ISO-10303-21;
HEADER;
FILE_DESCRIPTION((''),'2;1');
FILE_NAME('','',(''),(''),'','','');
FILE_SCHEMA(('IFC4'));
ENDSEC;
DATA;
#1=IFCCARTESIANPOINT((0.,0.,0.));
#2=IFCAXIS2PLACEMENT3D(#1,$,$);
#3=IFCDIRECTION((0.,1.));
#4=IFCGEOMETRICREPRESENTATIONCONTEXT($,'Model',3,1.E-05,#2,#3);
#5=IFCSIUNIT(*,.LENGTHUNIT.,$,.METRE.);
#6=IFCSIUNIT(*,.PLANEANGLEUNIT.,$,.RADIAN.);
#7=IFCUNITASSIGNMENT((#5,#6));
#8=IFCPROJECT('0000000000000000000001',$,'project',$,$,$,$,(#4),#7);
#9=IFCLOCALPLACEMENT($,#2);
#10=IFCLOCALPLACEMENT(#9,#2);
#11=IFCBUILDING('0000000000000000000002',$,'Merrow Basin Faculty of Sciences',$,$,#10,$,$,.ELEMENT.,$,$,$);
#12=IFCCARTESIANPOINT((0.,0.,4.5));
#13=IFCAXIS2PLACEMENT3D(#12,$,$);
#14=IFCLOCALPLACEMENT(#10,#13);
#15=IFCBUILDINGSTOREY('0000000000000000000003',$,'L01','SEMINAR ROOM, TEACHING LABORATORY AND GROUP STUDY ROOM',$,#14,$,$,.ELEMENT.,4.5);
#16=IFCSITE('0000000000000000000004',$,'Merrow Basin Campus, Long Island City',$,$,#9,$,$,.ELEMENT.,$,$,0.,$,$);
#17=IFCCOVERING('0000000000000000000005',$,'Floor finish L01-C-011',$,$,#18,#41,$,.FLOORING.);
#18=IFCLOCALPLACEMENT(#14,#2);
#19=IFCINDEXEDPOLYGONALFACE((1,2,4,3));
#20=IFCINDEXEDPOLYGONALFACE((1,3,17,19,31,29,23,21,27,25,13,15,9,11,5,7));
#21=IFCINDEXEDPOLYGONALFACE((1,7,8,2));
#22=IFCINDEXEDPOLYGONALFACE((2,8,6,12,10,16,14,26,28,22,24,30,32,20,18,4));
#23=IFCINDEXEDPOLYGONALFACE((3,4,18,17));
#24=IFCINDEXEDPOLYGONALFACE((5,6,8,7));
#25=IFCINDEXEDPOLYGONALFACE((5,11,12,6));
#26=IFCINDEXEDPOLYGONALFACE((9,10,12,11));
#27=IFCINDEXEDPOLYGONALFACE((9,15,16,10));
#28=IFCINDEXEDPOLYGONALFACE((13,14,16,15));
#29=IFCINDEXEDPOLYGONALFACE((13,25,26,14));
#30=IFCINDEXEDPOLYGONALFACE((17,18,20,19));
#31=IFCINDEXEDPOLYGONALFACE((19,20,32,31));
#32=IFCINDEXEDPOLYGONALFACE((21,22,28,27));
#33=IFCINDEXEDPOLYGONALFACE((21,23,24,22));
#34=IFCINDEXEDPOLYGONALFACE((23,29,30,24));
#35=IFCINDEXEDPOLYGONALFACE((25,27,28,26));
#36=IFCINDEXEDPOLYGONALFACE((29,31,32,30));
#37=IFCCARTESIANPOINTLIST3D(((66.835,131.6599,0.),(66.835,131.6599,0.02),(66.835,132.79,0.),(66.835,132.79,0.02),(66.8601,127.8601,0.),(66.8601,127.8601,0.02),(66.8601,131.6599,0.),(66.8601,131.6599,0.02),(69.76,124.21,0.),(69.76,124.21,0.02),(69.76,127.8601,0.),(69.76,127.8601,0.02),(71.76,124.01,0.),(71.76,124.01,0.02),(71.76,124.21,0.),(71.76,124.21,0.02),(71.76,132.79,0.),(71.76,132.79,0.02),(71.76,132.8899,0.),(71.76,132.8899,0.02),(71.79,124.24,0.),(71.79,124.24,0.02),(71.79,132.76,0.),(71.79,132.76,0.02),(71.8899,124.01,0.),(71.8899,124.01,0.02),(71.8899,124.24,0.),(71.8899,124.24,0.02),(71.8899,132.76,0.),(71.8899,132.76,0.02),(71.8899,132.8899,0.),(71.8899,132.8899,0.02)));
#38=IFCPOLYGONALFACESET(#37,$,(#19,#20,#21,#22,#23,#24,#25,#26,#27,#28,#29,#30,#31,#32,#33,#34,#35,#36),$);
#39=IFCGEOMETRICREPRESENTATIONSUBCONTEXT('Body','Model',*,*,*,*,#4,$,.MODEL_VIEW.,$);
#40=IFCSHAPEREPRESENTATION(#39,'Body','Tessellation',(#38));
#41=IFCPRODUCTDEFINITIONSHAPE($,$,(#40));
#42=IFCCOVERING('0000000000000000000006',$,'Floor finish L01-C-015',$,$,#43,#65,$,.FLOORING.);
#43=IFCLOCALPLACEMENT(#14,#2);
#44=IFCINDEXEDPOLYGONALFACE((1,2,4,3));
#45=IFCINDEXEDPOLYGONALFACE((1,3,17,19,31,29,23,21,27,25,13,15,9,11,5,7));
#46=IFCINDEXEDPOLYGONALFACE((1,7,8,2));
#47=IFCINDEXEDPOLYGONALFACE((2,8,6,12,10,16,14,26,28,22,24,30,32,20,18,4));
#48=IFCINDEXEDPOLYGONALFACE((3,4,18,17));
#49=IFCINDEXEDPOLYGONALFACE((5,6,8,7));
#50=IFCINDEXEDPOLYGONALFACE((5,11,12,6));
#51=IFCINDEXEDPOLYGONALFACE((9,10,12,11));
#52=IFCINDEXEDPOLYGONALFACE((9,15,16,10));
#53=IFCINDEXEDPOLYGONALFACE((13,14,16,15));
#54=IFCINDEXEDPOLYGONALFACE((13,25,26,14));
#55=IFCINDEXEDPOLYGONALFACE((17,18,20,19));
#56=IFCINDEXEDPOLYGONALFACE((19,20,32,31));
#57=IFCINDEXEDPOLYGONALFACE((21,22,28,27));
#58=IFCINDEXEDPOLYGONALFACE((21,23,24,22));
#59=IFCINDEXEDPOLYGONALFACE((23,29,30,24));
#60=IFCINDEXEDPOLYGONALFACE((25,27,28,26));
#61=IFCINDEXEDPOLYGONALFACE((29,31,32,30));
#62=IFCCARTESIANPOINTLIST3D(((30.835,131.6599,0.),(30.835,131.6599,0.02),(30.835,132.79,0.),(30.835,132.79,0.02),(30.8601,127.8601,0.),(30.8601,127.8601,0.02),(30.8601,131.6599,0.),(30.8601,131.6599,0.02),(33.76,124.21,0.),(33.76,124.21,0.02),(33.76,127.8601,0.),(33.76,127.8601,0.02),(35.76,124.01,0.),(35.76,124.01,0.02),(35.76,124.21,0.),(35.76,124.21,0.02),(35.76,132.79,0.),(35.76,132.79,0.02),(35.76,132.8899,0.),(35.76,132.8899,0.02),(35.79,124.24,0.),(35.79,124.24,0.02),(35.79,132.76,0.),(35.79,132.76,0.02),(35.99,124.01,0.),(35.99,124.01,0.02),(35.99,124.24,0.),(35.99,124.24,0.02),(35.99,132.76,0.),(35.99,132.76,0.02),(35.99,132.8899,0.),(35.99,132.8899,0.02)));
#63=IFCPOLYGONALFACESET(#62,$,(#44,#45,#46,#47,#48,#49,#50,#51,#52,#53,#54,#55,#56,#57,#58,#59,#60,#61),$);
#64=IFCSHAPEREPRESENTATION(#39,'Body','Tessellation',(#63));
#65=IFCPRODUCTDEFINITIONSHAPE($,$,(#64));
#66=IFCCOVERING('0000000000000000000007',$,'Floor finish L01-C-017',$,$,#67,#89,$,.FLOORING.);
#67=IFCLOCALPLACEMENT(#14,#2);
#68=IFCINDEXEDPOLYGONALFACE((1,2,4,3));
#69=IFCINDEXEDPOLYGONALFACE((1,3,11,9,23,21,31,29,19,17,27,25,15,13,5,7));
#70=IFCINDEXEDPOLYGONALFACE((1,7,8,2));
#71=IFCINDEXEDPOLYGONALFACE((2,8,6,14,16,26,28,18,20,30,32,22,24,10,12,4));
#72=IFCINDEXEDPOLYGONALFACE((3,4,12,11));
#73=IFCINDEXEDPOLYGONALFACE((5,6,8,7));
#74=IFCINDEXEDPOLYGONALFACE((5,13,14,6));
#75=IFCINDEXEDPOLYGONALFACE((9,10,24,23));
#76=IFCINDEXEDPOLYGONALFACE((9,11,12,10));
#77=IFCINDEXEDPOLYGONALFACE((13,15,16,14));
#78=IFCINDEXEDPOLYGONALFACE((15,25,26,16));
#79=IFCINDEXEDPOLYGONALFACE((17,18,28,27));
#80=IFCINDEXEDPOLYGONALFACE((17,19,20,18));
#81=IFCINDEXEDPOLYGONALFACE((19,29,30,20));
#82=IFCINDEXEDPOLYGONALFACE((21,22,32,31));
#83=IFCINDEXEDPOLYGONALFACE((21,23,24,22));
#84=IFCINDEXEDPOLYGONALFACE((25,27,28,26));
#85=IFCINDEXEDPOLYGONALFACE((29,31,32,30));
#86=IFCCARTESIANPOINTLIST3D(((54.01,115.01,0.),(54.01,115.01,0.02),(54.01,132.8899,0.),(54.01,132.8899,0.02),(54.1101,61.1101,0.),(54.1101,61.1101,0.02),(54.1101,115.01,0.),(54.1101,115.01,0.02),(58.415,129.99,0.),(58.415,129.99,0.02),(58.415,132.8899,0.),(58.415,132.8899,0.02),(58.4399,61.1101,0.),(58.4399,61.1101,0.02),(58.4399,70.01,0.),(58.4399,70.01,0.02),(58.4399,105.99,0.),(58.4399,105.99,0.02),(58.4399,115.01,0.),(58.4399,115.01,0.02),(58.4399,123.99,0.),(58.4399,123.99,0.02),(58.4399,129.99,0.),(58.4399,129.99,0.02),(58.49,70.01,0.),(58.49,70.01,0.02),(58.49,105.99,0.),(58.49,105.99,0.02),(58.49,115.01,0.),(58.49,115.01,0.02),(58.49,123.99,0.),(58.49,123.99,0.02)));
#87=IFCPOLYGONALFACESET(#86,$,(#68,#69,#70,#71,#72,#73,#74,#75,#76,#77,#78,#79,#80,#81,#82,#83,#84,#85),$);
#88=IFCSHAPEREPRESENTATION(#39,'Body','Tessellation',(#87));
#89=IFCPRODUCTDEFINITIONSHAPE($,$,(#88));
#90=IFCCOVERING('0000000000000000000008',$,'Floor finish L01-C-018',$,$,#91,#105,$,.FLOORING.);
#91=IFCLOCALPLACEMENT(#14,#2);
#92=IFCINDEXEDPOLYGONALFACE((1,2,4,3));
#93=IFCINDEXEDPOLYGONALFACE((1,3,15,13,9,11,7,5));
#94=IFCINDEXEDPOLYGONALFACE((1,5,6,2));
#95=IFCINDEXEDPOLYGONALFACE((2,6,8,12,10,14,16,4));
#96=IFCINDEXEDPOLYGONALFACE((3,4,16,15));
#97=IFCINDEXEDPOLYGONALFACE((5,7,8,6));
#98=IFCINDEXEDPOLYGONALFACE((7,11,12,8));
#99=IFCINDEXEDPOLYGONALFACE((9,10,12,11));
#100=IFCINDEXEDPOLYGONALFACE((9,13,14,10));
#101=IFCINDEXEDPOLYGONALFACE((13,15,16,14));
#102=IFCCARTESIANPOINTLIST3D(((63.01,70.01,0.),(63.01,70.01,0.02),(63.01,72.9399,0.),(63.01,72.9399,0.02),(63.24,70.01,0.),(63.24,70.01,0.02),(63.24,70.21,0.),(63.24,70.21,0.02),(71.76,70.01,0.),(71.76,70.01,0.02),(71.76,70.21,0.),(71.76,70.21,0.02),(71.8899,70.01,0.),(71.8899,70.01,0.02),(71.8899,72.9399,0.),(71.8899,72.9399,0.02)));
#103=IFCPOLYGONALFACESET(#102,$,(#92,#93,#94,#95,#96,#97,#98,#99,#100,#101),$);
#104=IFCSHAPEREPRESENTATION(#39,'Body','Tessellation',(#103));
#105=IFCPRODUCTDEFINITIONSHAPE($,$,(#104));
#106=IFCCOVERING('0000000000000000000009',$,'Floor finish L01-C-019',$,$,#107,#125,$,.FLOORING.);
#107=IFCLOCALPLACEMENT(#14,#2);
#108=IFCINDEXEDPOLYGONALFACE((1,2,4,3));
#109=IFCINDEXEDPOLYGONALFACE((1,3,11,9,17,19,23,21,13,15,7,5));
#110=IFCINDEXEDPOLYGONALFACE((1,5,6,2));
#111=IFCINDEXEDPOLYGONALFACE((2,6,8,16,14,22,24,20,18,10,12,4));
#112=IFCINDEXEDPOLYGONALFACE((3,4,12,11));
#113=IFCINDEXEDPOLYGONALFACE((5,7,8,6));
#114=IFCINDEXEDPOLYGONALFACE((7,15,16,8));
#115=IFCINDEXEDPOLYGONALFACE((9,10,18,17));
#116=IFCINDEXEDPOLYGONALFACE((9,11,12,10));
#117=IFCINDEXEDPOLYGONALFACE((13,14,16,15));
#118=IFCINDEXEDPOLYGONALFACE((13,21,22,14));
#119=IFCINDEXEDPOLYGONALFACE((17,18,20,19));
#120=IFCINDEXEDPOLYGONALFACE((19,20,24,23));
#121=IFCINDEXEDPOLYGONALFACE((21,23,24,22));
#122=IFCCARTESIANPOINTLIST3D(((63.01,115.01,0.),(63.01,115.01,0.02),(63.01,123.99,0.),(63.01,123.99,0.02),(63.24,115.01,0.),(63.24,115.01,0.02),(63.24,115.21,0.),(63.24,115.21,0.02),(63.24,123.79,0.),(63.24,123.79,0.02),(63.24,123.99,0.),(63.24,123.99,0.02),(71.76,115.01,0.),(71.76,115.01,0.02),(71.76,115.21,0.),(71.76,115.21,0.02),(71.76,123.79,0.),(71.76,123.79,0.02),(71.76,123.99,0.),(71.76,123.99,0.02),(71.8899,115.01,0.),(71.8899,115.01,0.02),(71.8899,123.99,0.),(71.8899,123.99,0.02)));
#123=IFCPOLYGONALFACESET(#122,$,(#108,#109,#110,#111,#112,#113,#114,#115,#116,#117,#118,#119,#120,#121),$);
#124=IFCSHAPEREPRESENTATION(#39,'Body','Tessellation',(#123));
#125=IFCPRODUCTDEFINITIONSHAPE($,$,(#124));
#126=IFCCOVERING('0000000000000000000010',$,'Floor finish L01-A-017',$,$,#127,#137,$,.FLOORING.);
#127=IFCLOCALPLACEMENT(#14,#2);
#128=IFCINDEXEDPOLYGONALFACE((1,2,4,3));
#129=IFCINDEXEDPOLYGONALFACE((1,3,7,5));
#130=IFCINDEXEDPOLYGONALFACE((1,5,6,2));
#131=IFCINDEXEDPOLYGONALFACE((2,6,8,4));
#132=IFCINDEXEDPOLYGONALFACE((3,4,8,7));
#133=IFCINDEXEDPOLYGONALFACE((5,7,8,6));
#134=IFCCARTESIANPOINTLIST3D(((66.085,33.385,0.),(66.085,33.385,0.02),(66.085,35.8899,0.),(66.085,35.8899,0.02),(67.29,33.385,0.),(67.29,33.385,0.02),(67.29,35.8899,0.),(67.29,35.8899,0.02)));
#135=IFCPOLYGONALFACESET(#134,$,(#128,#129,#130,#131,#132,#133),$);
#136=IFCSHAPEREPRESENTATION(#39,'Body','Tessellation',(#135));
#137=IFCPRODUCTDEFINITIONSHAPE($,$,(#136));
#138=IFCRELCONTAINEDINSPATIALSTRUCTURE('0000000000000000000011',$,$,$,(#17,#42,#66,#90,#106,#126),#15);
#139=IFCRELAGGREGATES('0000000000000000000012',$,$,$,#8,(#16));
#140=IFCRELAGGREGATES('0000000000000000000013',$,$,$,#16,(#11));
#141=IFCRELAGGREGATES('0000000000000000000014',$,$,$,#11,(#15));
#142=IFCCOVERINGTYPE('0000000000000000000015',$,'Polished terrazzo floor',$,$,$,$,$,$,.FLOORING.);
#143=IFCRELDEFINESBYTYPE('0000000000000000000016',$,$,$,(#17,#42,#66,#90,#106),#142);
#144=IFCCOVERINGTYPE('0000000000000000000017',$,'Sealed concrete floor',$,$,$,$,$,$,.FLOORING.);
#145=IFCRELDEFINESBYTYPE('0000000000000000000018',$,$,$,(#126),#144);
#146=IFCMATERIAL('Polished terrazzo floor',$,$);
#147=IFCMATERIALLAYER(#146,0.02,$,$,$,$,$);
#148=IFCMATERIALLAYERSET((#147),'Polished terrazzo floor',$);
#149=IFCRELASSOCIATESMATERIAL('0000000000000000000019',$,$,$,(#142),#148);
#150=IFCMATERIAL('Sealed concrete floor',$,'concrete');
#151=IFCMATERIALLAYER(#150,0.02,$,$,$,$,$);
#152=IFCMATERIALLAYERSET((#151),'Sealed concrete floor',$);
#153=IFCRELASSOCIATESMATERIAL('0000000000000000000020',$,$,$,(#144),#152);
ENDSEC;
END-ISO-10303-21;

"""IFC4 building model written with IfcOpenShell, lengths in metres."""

from ifc_helpers import new_model, si_unit, direction, frame, origin, place, context, subcontext, project, spatial, polyline, outline, extrude, material, layer, layer_set, type_object, element, save


model = new_model("IFC4")

# Units and contexts
model_context = context("Model", 3, precision=1e-05, world=origin(), true_north=direction((0.0, 1.0)))
body_context = subcontext(model_context, "Body", "Model", "MODEL_VIEW")
ifc_project = project(units=[si_unit("LENGTHUNIT", "METRE"), si_unit("PLANEANGLEUNIT", "RADIAN")], contexts=[model_context])

# Site, building, storey
site_placement = place(None, origin())
site = spatial("IfcSite", under=ifc_project, at=site_placement, Name="Merrow Basin Campus, Long Island City", CompositionType="ELEMENT", RefElevation=0.0)
building_placement = place(site_placement, origin())
building = spatial("IfcBuilding", under=site, at=building_placement, Name="Merrow Basin Faculty of Sciences", CompositionType="ELEMENT")
storey_placement = place(building_placement, frame((0.0, 0.0, 4.5)))
storey = spatial("IfcBuildingStorey", under=building, at=storey_placement, Name="L01", Description="SEMINAR ROOM, TEACHING LABORATORY AND GROUP STUDY ROOM", CompositionType="ELEMENT", Elevation=4.5)

# Coverings
ifc_material_1 = material(Name="Polished terrazzo floor")
ifc_layer_1 = layer(ifc_material_1, 0.02)
ifc_layer_set_1 = layer_set([ifc_layer_1], Name="Polished terrazzo floor")
covering_type_1 = type_object("IfcCoveringType", Name="Polished terrazzo floor", PredefinedType="FLOORING", material=ifc_layer_set_1)
covering_1_placement = place(storey_placement, origin())
element("IfcCovering", 1, at=covering_1_placement, inside=storey, type_object=covering_type_1, Name="Floor finish L01-C-011", PredefinedType="FLOORING", context=body_context, shape_type="SweptSolid", body=[
    extrude(outline(polyline([(71.8899, 132.8899), (71.8899, 132.76), (71.79, 132.76), (71.79, 124.24), (71.8899, 124.24), (71.8899, 124.01), (71.76, 124.01), (71.76, 124.21), (69.76, 124.21), (69.76, 127.8601), (66.8601, 127.8601), (66.8601, 131.6599), (66.835, 131.6599), (66.835, 132.79), (71.76, 132.79), (71.76, 132.8899), (71.8899, 132.8899)])), origin(), (0.0, 0.0, 1.0), 0.02),
])
covering_2_placement = place(storey_placement, origin())
element("IfcCovering", 2, at=covering_2_placement, inside=storey, type_object=covering_type_1, Name="Floor finish L01-C-015", PredefinedType="FLOORING", context=body_context, shape_type="SweptSolid", body=[
    extrude(outline(polyline([(35.99, 132.8899), (35.99, 132.76), (35.79, 132.76), (35.79, 124.24), (35.99, 124.24), (35.99, 124.01), (35.76, 124.01), (35.76, 124.21), (33.76, 124.21), (33.76, 127.8601), (30.8601, 127.8601), (30.8601, 131.6599), (30.835, 131.6599), (30.835, 132.79), (35.76, 132.79), (35.76, 132.8899), (35.99, 132.8899)])), origin(), (0.0, 0.0, 1.0), 0.02),
])
covering_3_placement = place(storey_placement, origin())
element("IfcCovering", 3, at=covering_3_placement, inside=storey, type_object=covering_type_1, Name="Floor finish L01-C-017", PredefinedType="FLOORING", context=body_context, shape_type="SweptSolid", body=[
    extrude(outline(polyline([(54.01, 115.01), (54.01, 132.8899), (58.415, 132.8899), (58.415, 129.99), (58.4399, 129.99), (58.4399, 123.99), (58.49, 123.99), (58.49, 115.01), (58.4399, 115.01), (58.4399, 105.99), (58.49, 105.99), (58.49, 70.01), (58.4399, 70.01), (58.4399, 61.1101), (54.1101, 61.1101), (54.1101, 115.01), (54.01, 115.01)])), origin(), (0.0, 0.0, 1.0), 0.02),
])
covering_4_placement = place(storey_placement, origin())
element("IfcCovering", 4, at=covering_4_placement, inside=storey, type_object=covering_type_1, Name="Floor finish L01-C-018", PredefinedType="FLOORING", context=body_context, shape_type="SweptSolid", body=[
    extrude(outline(polyline([(63.01, 72.9399), (71.8899, 72.9399), (71.8899, 70.01), (71.76, 70.01), (71.76, 70.21), (63.24, 70.21), (63.24, 70.01), (63.01, 70.01), (63.01, 72.9399)])), origin(), (0.0, 0.0, 1.0), 0.02),
])
covering_5_placement = place(storey_placement, origin())
element("IfcCovering", 5, at=covering_5_placement, inside=storey, type_object=covering_type_1, Name="Floor finish L01-C-019", PredefinedType="FLOORING", context=body_context, shape_type="SweptSolid", body=[
    extrude(outline(polyline([(63.01, 123.99), (63.24, 123.99), (63.24, 123.79), (71.76, 123.79), (71.76, 123.99), (71.8899, 123.99), (71.8899, 115.01), (71.76, 115.01), (71.76, 115.21), (63.24, 115.21), (63.24, 115.01), (63.01, 115.01), (63.01, 123.99)])), origin(), (0.0, 0.0, 1.0), 0.02),
])
ifc_material_2 = material(Name="Sealed concrete floor", Category="concrete")
ifc_layer_2 = layer(ifc_material_2, 0.02)
ifc_layer_set_2 = layer_set([ifc_layer_2], Name="Sealed concrete floor")
covering_type_2 = type_object("IfcCoveringType", Name="Sealed concrete floor", PredefinedType="FLOORING", material=ifc_layer_set_2)
covering_6_placement = place(storey_placement, origin())
element("IfcCovering", 6, at=covering_6_placement, inside=storey, type_object=covering_type_2, Name="Floor finish L01-A-017", PredefinedType="FLOORING", context=body_context, shape_type="SweptSolid", body=[
    extrude(outline(polyline([(67.29, 35.8899), (67.29, 33.385), (66.085, 33.385), (66.085, 35.8899), (67.29, 35.8899)])), origin(), (0.0, 0.0, 1.0), 0.02),
])

save(model, "model.ifc")
